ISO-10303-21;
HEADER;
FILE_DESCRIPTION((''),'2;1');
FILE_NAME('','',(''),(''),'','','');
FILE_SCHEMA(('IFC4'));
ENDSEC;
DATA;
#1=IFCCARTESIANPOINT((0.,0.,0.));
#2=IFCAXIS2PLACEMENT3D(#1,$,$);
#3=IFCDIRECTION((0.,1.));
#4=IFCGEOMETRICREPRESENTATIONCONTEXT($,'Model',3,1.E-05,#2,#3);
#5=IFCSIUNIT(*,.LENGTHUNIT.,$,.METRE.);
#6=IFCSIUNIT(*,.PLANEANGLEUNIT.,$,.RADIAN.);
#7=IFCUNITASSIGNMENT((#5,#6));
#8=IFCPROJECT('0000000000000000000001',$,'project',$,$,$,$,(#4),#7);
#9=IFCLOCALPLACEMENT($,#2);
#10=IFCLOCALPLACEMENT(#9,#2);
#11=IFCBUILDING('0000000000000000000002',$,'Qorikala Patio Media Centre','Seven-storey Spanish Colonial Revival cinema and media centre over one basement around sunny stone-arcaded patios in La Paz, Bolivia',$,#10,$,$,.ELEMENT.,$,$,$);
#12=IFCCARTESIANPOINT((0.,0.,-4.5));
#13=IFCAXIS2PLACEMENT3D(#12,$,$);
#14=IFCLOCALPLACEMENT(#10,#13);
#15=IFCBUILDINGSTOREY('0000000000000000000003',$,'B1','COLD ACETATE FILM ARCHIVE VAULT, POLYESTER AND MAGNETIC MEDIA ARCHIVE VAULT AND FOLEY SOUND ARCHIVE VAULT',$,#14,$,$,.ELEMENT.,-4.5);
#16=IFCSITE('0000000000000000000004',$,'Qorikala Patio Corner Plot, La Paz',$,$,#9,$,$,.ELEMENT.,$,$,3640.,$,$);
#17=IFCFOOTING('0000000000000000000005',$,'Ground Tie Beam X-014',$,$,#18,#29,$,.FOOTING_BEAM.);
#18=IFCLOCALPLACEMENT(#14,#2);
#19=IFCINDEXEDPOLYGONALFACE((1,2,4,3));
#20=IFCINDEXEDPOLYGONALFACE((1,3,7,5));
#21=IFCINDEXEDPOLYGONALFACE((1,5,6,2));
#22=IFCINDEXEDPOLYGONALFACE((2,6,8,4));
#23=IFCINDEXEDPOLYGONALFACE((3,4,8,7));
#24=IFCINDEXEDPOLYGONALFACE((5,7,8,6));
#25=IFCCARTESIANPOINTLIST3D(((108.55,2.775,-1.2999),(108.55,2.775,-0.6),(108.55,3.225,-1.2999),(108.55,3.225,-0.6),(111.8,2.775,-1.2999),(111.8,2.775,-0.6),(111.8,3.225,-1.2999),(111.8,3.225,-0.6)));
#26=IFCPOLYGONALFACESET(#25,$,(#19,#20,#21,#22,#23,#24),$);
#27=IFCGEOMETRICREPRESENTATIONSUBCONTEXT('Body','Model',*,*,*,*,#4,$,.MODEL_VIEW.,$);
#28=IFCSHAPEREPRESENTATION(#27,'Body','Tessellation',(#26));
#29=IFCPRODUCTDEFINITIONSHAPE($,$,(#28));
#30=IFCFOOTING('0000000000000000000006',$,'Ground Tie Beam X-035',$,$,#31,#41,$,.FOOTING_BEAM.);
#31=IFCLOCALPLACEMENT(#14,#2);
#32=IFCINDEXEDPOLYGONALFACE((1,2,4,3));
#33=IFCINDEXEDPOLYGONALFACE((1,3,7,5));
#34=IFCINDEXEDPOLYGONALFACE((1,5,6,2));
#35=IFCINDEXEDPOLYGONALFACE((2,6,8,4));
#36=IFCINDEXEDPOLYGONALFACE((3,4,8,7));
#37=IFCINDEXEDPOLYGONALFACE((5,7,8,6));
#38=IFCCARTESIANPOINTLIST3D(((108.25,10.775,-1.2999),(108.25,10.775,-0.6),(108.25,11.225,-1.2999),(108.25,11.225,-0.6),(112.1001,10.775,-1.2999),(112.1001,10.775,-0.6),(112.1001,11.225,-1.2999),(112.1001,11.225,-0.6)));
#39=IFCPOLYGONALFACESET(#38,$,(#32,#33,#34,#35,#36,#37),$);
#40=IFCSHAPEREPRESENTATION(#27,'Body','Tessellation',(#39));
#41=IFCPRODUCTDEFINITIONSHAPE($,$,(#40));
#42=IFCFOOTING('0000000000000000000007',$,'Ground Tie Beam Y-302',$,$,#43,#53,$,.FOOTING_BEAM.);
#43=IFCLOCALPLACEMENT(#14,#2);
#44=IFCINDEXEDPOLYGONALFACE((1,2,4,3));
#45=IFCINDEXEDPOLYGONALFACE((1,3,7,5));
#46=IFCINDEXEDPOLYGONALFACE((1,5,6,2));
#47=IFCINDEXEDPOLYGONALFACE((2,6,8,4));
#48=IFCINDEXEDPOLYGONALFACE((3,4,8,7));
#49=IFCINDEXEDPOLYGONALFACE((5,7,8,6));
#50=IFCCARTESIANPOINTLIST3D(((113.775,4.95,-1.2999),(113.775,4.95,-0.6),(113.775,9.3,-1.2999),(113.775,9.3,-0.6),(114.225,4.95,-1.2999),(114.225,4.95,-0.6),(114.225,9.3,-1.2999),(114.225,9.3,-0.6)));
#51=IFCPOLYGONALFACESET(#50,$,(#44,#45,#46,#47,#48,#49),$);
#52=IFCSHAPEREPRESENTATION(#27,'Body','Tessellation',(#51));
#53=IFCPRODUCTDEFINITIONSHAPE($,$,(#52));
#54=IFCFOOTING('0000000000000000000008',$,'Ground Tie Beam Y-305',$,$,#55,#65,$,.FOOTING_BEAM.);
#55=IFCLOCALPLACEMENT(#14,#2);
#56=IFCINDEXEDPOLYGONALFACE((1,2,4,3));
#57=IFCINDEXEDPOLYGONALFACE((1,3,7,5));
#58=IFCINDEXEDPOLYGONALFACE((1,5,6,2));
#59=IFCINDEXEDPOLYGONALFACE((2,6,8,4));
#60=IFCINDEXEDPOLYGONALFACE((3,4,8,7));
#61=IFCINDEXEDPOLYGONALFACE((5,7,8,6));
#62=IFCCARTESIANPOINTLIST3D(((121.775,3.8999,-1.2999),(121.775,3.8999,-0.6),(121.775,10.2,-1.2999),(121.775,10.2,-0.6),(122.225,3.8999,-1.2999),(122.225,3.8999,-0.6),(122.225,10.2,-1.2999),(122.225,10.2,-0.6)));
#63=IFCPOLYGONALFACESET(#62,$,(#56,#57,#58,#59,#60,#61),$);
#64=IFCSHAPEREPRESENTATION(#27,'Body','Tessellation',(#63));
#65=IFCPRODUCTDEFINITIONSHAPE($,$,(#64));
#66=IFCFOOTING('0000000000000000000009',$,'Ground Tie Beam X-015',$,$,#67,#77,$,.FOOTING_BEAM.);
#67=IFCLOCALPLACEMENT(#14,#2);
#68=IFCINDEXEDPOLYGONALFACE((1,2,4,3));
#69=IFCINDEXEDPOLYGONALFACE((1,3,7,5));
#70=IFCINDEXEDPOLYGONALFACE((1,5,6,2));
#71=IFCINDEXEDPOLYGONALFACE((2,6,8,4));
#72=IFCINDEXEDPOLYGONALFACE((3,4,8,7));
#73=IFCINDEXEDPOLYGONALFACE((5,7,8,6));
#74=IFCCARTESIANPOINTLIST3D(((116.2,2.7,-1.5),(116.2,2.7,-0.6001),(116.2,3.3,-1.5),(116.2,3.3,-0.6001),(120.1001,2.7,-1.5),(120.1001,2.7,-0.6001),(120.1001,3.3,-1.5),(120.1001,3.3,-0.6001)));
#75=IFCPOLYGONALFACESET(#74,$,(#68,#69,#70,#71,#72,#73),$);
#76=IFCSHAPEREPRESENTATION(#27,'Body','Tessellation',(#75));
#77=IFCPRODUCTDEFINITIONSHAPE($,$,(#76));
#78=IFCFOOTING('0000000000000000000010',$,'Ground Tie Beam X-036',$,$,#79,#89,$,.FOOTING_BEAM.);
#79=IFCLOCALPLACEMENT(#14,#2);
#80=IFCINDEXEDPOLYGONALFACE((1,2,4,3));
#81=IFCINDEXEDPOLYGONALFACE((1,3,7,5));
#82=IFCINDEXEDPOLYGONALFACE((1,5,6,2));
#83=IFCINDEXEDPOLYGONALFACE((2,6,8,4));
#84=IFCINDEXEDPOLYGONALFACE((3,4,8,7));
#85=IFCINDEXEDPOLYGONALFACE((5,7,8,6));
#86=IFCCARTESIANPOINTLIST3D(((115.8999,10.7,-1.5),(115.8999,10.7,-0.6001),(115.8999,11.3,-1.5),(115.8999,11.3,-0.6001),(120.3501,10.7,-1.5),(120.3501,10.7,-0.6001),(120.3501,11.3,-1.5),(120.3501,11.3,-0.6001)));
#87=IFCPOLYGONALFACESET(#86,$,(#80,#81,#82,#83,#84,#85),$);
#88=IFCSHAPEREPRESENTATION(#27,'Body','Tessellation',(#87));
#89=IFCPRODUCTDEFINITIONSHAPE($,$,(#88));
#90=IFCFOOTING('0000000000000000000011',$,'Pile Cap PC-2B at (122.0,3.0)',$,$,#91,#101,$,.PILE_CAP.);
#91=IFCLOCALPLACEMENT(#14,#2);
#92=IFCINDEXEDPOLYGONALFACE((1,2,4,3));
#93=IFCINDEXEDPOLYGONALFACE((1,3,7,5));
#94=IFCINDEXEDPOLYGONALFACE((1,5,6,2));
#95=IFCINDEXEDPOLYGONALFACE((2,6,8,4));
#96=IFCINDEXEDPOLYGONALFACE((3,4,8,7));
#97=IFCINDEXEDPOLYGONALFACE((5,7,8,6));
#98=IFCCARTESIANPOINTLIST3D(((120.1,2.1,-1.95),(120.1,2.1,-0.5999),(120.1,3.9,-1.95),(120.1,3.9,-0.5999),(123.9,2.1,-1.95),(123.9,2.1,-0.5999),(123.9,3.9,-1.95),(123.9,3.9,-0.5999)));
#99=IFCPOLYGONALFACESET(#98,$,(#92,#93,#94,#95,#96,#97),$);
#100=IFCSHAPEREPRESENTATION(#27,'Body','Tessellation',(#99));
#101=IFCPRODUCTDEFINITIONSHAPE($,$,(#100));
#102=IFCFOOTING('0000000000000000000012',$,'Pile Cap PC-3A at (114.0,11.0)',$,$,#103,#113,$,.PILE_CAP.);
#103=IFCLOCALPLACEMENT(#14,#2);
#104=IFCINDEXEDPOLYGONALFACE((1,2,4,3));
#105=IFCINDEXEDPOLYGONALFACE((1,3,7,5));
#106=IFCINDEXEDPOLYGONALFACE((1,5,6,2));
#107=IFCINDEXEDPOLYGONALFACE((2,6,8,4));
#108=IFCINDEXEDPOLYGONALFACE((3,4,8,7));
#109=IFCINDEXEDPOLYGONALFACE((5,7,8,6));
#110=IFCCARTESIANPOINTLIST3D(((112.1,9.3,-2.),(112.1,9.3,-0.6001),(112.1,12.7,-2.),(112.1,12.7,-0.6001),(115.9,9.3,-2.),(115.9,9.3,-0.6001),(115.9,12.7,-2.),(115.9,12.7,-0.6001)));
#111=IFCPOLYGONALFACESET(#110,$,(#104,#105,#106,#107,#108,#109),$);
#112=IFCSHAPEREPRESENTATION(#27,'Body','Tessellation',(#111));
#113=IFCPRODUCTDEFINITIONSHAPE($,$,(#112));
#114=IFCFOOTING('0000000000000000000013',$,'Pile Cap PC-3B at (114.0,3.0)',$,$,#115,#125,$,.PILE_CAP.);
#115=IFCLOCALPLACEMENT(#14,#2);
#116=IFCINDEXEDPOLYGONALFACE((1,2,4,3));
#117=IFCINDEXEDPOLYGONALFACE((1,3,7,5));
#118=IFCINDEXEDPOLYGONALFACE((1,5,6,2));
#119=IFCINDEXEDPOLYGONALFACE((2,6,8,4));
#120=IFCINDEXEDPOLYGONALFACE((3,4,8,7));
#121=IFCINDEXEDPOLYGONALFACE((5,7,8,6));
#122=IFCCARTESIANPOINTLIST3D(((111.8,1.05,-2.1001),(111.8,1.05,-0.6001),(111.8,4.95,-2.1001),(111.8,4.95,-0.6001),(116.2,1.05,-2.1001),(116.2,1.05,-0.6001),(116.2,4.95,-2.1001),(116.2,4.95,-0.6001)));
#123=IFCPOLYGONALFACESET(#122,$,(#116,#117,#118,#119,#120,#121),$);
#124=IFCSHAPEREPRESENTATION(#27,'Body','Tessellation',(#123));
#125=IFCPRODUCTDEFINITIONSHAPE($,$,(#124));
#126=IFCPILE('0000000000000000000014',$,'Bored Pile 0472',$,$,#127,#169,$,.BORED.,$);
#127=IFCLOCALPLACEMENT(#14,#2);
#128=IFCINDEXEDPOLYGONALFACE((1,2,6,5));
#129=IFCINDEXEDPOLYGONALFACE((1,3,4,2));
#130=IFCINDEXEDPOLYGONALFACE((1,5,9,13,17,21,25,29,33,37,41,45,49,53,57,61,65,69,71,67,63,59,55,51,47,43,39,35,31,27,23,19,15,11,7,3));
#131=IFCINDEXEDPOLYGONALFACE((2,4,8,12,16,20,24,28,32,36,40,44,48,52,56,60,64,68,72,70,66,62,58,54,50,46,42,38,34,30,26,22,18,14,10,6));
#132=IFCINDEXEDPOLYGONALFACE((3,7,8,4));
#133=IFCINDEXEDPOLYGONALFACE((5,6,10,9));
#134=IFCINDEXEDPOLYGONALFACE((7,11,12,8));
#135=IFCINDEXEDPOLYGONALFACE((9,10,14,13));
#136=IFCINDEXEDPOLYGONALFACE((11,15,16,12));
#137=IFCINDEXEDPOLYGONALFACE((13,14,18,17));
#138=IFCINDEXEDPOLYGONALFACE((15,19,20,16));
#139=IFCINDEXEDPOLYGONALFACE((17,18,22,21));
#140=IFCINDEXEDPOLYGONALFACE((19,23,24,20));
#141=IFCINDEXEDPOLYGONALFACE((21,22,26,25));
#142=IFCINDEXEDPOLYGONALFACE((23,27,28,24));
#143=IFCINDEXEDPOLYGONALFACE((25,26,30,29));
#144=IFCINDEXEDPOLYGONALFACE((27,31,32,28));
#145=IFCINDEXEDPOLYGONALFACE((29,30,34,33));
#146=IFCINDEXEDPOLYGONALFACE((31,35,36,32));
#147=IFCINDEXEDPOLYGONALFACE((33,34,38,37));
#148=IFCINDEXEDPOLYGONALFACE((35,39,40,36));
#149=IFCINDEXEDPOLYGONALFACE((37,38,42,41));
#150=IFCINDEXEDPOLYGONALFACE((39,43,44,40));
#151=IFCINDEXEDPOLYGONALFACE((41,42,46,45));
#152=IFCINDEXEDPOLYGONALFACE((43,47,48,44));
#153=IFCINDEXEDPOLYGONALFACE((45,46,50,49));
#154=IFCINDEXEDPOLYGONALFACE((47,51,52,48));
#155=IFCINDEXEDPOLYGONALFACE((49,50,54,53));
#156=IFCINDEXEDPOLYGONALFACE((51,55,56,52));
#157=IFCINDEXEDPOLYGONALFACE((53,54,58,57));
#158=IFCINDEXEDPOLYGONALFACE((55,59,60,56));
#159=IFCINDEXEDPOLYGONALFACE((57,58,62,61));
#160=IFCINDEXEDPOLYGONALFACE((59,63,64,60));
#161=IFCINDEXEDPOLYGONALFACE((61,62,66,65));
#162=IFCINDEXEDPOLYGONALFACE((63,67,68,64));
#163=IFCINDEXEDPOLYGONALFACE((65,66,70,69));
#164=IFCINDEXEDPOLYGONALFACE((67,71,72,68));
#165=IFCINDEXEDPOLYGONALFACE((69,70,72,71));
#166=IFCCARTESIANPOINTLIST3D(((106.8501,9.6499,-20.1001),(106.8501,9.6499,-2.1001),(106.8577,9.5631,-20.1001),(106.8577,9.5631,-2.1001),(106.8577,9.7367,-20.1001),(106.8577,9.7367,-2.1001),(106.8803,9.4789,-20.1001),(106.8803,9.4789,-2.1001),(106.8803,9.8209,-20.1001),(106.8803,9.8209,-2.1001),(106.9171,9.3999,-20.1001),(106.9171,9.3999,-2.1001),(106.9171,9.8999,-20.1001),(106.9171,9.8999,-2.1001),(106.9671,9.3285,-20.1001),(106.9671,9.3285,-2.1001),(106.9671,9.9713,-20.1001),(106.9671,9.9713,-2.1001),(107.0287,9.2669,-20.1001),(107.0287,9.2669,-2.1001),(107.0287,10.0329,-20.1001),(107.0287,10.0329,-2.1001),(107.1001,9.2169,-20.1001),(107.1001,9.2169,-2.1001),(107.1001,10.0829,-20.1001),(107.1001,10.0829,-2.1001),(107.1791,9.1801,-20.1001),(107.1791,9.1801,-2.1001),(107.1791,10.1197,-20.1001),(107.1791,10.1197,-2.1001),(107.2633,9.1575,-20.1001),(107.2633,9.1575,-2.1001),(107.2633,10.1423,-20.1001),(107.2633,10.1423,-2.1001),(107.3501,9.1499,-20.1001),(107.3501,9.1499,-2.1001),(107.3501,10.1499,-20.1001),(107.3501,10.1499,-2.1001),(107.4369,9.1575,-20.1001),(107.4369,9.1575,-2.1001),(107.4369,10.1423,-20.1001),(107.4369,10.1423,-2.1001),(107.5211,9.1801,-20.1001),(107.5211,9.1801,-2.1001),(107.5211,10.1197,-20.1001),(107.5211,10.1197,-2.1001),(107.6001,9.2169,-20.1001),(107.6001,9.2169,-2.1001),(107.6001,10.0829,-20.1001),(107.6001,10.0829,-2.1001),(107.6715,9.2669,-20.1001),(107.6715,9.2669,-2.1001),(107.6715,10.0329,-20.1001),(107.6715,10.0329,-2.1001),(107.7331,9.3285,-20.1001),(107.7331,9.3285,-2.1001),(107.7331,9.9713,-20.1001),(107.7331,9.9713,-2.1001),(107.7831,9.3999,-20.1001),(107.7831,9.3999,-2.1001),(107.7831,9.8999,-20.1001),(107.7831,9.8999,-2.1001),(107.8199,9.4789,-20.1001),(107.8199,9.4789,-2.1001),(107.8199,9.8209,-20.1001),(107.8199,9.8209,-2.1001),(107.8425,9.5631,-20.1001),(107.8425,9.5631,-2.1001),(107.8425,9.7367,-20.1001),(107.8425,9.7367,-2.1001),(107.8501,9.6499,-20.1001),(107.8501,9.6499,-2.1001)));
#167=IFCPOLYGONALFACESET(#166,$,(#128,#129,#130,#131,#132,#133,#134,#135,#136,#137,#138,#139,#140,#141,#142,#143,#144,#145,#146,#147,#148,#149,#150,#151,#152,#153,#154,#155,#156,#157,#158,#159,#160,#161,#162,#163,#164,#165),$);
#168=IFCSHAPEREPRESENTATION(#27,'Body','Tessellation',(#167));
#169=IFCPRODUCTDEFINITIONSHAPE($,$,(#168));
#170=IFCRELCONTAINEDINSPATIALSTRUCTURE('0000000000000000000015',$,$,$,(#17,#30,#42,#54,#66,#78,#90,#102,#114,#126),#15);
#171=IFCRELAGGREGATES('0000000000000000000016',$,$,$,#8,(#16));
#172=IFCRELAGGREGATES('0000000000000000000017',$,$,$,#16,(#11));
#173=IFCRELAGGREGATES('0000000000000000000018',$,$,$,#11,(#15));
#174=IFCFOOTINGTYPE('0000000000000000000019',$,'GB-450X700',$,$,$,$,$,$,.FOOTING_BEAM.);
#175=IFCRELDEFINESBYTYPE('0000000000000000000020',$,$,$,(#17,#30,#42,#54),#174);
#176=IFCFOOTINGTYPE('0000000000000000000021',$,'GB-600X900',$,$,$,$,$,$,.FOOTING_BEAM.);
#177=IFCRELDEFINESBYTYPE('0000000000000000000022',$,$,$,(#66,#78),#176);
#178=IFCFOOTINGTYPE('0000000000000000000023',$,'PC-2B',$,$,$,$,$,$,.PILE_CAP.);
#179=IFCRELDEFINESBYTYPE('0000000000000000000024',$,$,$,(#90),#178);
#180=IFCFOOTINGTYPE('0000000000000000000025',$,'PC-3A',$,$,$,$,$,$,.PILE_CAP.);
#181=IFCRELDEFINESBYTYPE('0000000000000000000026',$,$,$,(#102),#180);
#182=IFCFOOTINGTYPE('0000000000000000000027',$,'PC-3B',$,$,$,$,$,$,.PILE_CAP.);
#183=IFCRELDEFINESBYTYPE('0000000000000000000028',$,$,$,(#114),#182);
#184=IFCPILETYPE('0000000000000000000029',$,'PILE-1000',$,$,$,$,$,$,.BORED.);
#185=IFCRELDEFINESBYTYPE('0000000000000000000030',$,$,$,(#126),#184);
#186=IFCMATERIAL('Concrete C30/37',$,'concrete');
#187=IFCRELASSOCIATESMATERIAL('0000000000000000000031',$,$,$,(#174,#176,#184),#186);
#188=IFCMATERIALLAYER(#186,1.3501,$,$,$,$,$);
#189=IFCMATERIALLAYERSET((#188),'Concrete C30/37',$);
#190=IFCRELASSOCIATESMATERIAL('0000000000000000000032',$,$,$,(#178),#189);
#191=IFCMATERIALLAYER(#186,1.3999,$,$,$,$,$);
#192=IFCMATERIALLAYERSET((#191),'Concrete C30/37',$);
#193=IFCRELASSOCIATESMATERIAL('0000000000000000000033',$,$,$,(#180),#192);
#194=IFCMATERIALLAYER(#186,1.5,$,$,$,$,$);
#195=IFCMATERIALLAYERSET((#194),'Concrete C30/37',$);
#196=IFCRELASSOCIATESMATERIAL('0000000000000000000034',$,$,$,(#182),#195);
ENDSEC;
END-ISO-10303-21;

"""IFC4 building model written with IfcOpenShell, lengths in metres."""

from ifc_helpers import new_model, si_unit, direction, frame, origin, origin_2d, place, context, subcontext, project, spatial, rectangle, circle, extrude, material, layer, layer_set, material_profile, profile_set, type_object, element, save


model = new_model("IFC4")

# Units and contexts
model_context = context("Model", 3, precision=1e-05, world=origin(), true_north=direction((0.0, 1.0)))
body_context = subcontext(model_context, "Body", "Model", "MODEL_VIEW")
ifc_project = project(units=[si_unit("LENGTHUNIT", "METRE"), si_unit("PLANEANGLEUNIT", "RADIAN")], contexts=[model_context])

# Site, building, storey
site_placement = place(None, origin())
site = spatial("IfcSite", under=ifc_project, at=site_placement, Name="Qorikala Patio Corner Plot, La Paz", CompositionType="ELEMENT", RefElevation=3640.0)
building_placement = place(site_placement, origin())
building = spatial("IfcBuilding", under=site, at=building_placement, Name="Qorikala Patio Media Centre", Description="Seven-storey Spanish Colonial Revival cinema and media centre over one basement around sunny stone-arcaded patios in La Paz, Bolivia", CompositionType="ELEMENT")
storey_placement = place(building_placement, frame((0.0, 0.0, -4.5)))
storey = spatial("IfcBuildingStorey", under=building, at=storey_placement, Name="B1", Description="COLD ACETATE FILM ARCHIVE VAULT, POLYESTER AND MAGNETIC MEDIA ARCHIVE VAULT AND FOLEY SOUND ARCHIVE VAULT", CompositionType="ELEMENT", Elevation=-4.5)

# Footings
ifc_material_1 = material(Name="Concrete C30/37", Category="concrete")
ifc_material_profile_1 = material_profile(ifc_material_1, rectangle(XDim=0.45, YDim=0.7, at=origin_2d()), Name="RC 450x700")
ifc_profile_set_1 = profile_set([ifc_material_profile_1], Name="Concrete C30/37")
footing_type_1 = type_object("IfcFootingType", Name="GB-450X700", PredefinedType="FOOTING_BEAM", material=ifc_profile_set_1)
footing_1_placement = place(storey_placement, frame((108.55, 3.0, -0.95), z_axis=(1.0, 0.0, 0.0), x_axis=(0.0, 1.0, 0.0)))
element("IfcFooting", 1, at=footing_1_placement, inside=storey, type_object=footing_type_1, Name="Ground Tie Beam X-014", PredefinedType="FOOTING_BEAM", context=body_context, shape_type="SweptSolid", body=[
    extrude(rectangle(XDim=0.45, YDim=0.7, at=origin_2d()), origin(), (0.0, 0.0, 1.0), 3.25),
])
footing_2_placement = place(storey_placement, frame((108.25, 11.0, -0.95), z_axis=(1.0, 0.0, 0.0), x_axis=(0.0, 1.0, 0.0)))
element("IfcFooting", 2, at=footing_2_placement, inside=storey, type_object=footing_type_1, Name="Ground Tie Beam X-035", PredefinedType="FOOTING_BEAM", context=body_context, shape_type="SweptSolid", body=[
    extrude(rectangle(XDim=0.45, YDim=0.7, at=origin_2d()), origin(), (0.0, 0.0, 1.0), 3.8501),
])
footing_3_placement = place(storey_placement, frame((114.0, 4.95, -0.95), z_axis=(0.0, 1.0, 0.0), x_axis=(-1.0, 0.0, 0.0)))
element("IfcFooting", 3, at=footing_3_placement, inside=storey, type_object=footing_type_1, Name="Ground Tie Beam Y-302", PredefinedType="FOOTING_BEAM", context=body_context, shape_type="SweptSolid", body=[
    extrude(rectangle(XDim=0.45, YDim=0.7, at=origin_2d()), origin(), (0.0, 0.0, 1.0), 4.3501),
])
footing_4_placement = place(storey_placement, frame((122.0, 3.8999, -0.95), z_axis=(0.0, 1.0, 0.0), x_axis=(-1.0, 0.0, 0.0)))
element("IfcFooting", 4, at=footing_4_placement, inside=storey, type_object=footing_type_1, Name="Ground Tie Beam Y-305", PredefinedType="FOOTING_BEAM", context=body_context, shape_type="SweptSolid", body=[
    extrude(rectangle(XDim=0.45, YDim=0.7, at=origin_2d()), origin(), (0.0, 0.0, 1.0), 6.3),
])
ifc_material_profile_2 = material_profile(ifc_material_1, rectangle(XDim=0.6001, YDim=0.8999, at=origin_2d()), Name="RC 600x900")
ifc_profile_set_2 = profile_set([ifc_material_profile_2], Name="Concrete C30/37")
footing_type_2 = type_object("IfcFootingType", Name="GB-600X900", PredefinedType="FOOTING_BEAM", material=ifc_profile_set_2)
footing_5_placement = place(storey_placement, frame((116.2, 3.0, -1.05), z_axis=(1.0, 0.0, 0.0), x_axis=(0.0, 1.0, 0.0)))
element("IfcFooting", 5, at=footing_5_placement, inside=storey, type_object=footing_type_2, Name="Ground Tie Beam X-015", PredefinedType="FOOTING_BEAM", context=body_context, shape_type="SweptSolid", body=[
    extrude(rectangle(XDim=0.6001, YDim=0.8999, at=origin_2d()), origin(), (0.0, 0.0, 1.0), 3.9001),
])
footing_6_placement = place(storey_placement, frame((115.8999, 11.0, -1.05), z_axis=(1.0, 0.0, 0.0), x_axis=(0.0, 1.0, 0.0)))
element("IfcFooting", 6, at=footing_6_placement, inside=storey, type_object=footing_type_2, Name="Ground Tie Beam X-036", PredefinedType="FOOTING_BEAM", context=body_context, shape_type="SweptSolid", body=[
    extrude(rectangle(XDim=0.6001, YDim=0.8999, at=origin_2d()), origin(), (0.0, 0.0, 1.0), 4.4502),
])
ifc_layer_1 = layer(ifc_material_1, 1.3501)
ifc_layer_set_1 = layer_set([ifc_layer_1], Name="Concrete C30/37")
footing_type_3 = type_object("IfcFootingType", Name="PC-2B", PredefinedType="PILE_CAP", material=ifc_layer_set_1)
footing_7_placement = place(storey_placement, frame((122.0, 3.0, -1.95), z_axis=(0.0, 0.0, 1.0), x_axis=(1.0, 0.0, 0.0)))
element("IfcFooting", 7, at=footing_7_placement, inside=storey, type_object=footing_type_3, Name="Pile Cap PC-2B at (122.0,3.0)", PredefinedType="PILE_CAP", context=body_context, shape_type="SweptSolid", body=[
    extrude(rectangle(XDim=3.8, YDim=1.8, at=origin_2d()), origin(), (0.0, 0.0, 1.0), 1.3501),
])
ifc_layer_2 = layer(ifc_material_1, 1.3999)
ifc_layer_set_2 = layer_set([ifc_layer_2], Name="Concrete C30/37")
footing_type_4 = type_object("IfcFootingType", Name="PC-3A", PredefinedType="PILE_CAP", material=ifc_layer_set_2)
footing_8_placement = place(storey_placement, frame((114.0, 11.0, -2.0), z_axis=(0.0, 0.0, 1.0), x_axis=(1.0, 0.0, 0.0)))
element("IfcFooting", 8, at=footing_8_placement, inside=storey, type_object=footing_type_4, Name="Pile Cap PC-3A at (114.0,11.0)", PredefinedType="PILE_CAP", context=body_context, shape_type="SweptSolid", body=[
    extrude(rectangle(XDim=3.8, YDim=3.3999, at=origin_2d()), origin(), (0.0, 0.0, 1.0), 1.3999),
])
ifc_layer_3 = layer(ifc_material_1, 1.5)
ifc_layer_set_3 = layer_set([ifc_layer_3], Name="Concrete C30/37")
footing_type_5 = type_object("IfcFootingType", Name="PC-3B", PredefinedType="PILE_CAP", material=ifc_layer_set_3)
footing_9_placement = place(storey_placement, frame((114.0, 3.0, -2.1001), z_axis=(0.0, 0.0, 1.0), x_axis=(1.0, 0.0, 0.0)))
element("IfcFooting", 9, at=footing_9_placement, inside=storey, type_object=footing_type_5, Name="Pile Cap PC-3B at (114.0,3.0)", PredefinedType="PILE_CAP", context=body_context, shape_type="SweptSolid", body=[
    extrude(rectangle(XDim=4.3999, YDim=3.8999, at=origin_2d()), origin(), (0.0, 0.0, 1.0), 1.5),
])

# Pile
ifc_material_profile_3 = material_profile(ifc_material_1, circle(Radius=0.5, at=origin_2d()), Name="BORED PILE 1000")
ifc_profile_set_3 = profile_set([ifc_material_profile_3], Name="Concrete C30/37")
pile_type_1 = type_object("IfcPileType", Name="PILE-1000", PredefinedType="BORED", material=ifc_profile_set_3)
for number, where, z_axis, x_axis, name in (
    (10, (107.3501, 9.6499, -2.1001), (0.0, 0.0, -1.0), (1.0, 0.0, 0.0), "Bored Pile 0472"),
):
    element("IfcPile", number, at=place(storey_placement, frame(where, z_axis=z_axis, x_axis=x_axis)), inside=storey, type_object=pile_type_1, Name=name, PredefinedType="BORED", context=body_context, shape_type="SweptSolid", body=[
        extrude(circle(Radius=0.5, at=origin_2d()), origin(), (0.0, 0.0, 1.0), 18.0),
    ])

save(model, "model.ifc")
